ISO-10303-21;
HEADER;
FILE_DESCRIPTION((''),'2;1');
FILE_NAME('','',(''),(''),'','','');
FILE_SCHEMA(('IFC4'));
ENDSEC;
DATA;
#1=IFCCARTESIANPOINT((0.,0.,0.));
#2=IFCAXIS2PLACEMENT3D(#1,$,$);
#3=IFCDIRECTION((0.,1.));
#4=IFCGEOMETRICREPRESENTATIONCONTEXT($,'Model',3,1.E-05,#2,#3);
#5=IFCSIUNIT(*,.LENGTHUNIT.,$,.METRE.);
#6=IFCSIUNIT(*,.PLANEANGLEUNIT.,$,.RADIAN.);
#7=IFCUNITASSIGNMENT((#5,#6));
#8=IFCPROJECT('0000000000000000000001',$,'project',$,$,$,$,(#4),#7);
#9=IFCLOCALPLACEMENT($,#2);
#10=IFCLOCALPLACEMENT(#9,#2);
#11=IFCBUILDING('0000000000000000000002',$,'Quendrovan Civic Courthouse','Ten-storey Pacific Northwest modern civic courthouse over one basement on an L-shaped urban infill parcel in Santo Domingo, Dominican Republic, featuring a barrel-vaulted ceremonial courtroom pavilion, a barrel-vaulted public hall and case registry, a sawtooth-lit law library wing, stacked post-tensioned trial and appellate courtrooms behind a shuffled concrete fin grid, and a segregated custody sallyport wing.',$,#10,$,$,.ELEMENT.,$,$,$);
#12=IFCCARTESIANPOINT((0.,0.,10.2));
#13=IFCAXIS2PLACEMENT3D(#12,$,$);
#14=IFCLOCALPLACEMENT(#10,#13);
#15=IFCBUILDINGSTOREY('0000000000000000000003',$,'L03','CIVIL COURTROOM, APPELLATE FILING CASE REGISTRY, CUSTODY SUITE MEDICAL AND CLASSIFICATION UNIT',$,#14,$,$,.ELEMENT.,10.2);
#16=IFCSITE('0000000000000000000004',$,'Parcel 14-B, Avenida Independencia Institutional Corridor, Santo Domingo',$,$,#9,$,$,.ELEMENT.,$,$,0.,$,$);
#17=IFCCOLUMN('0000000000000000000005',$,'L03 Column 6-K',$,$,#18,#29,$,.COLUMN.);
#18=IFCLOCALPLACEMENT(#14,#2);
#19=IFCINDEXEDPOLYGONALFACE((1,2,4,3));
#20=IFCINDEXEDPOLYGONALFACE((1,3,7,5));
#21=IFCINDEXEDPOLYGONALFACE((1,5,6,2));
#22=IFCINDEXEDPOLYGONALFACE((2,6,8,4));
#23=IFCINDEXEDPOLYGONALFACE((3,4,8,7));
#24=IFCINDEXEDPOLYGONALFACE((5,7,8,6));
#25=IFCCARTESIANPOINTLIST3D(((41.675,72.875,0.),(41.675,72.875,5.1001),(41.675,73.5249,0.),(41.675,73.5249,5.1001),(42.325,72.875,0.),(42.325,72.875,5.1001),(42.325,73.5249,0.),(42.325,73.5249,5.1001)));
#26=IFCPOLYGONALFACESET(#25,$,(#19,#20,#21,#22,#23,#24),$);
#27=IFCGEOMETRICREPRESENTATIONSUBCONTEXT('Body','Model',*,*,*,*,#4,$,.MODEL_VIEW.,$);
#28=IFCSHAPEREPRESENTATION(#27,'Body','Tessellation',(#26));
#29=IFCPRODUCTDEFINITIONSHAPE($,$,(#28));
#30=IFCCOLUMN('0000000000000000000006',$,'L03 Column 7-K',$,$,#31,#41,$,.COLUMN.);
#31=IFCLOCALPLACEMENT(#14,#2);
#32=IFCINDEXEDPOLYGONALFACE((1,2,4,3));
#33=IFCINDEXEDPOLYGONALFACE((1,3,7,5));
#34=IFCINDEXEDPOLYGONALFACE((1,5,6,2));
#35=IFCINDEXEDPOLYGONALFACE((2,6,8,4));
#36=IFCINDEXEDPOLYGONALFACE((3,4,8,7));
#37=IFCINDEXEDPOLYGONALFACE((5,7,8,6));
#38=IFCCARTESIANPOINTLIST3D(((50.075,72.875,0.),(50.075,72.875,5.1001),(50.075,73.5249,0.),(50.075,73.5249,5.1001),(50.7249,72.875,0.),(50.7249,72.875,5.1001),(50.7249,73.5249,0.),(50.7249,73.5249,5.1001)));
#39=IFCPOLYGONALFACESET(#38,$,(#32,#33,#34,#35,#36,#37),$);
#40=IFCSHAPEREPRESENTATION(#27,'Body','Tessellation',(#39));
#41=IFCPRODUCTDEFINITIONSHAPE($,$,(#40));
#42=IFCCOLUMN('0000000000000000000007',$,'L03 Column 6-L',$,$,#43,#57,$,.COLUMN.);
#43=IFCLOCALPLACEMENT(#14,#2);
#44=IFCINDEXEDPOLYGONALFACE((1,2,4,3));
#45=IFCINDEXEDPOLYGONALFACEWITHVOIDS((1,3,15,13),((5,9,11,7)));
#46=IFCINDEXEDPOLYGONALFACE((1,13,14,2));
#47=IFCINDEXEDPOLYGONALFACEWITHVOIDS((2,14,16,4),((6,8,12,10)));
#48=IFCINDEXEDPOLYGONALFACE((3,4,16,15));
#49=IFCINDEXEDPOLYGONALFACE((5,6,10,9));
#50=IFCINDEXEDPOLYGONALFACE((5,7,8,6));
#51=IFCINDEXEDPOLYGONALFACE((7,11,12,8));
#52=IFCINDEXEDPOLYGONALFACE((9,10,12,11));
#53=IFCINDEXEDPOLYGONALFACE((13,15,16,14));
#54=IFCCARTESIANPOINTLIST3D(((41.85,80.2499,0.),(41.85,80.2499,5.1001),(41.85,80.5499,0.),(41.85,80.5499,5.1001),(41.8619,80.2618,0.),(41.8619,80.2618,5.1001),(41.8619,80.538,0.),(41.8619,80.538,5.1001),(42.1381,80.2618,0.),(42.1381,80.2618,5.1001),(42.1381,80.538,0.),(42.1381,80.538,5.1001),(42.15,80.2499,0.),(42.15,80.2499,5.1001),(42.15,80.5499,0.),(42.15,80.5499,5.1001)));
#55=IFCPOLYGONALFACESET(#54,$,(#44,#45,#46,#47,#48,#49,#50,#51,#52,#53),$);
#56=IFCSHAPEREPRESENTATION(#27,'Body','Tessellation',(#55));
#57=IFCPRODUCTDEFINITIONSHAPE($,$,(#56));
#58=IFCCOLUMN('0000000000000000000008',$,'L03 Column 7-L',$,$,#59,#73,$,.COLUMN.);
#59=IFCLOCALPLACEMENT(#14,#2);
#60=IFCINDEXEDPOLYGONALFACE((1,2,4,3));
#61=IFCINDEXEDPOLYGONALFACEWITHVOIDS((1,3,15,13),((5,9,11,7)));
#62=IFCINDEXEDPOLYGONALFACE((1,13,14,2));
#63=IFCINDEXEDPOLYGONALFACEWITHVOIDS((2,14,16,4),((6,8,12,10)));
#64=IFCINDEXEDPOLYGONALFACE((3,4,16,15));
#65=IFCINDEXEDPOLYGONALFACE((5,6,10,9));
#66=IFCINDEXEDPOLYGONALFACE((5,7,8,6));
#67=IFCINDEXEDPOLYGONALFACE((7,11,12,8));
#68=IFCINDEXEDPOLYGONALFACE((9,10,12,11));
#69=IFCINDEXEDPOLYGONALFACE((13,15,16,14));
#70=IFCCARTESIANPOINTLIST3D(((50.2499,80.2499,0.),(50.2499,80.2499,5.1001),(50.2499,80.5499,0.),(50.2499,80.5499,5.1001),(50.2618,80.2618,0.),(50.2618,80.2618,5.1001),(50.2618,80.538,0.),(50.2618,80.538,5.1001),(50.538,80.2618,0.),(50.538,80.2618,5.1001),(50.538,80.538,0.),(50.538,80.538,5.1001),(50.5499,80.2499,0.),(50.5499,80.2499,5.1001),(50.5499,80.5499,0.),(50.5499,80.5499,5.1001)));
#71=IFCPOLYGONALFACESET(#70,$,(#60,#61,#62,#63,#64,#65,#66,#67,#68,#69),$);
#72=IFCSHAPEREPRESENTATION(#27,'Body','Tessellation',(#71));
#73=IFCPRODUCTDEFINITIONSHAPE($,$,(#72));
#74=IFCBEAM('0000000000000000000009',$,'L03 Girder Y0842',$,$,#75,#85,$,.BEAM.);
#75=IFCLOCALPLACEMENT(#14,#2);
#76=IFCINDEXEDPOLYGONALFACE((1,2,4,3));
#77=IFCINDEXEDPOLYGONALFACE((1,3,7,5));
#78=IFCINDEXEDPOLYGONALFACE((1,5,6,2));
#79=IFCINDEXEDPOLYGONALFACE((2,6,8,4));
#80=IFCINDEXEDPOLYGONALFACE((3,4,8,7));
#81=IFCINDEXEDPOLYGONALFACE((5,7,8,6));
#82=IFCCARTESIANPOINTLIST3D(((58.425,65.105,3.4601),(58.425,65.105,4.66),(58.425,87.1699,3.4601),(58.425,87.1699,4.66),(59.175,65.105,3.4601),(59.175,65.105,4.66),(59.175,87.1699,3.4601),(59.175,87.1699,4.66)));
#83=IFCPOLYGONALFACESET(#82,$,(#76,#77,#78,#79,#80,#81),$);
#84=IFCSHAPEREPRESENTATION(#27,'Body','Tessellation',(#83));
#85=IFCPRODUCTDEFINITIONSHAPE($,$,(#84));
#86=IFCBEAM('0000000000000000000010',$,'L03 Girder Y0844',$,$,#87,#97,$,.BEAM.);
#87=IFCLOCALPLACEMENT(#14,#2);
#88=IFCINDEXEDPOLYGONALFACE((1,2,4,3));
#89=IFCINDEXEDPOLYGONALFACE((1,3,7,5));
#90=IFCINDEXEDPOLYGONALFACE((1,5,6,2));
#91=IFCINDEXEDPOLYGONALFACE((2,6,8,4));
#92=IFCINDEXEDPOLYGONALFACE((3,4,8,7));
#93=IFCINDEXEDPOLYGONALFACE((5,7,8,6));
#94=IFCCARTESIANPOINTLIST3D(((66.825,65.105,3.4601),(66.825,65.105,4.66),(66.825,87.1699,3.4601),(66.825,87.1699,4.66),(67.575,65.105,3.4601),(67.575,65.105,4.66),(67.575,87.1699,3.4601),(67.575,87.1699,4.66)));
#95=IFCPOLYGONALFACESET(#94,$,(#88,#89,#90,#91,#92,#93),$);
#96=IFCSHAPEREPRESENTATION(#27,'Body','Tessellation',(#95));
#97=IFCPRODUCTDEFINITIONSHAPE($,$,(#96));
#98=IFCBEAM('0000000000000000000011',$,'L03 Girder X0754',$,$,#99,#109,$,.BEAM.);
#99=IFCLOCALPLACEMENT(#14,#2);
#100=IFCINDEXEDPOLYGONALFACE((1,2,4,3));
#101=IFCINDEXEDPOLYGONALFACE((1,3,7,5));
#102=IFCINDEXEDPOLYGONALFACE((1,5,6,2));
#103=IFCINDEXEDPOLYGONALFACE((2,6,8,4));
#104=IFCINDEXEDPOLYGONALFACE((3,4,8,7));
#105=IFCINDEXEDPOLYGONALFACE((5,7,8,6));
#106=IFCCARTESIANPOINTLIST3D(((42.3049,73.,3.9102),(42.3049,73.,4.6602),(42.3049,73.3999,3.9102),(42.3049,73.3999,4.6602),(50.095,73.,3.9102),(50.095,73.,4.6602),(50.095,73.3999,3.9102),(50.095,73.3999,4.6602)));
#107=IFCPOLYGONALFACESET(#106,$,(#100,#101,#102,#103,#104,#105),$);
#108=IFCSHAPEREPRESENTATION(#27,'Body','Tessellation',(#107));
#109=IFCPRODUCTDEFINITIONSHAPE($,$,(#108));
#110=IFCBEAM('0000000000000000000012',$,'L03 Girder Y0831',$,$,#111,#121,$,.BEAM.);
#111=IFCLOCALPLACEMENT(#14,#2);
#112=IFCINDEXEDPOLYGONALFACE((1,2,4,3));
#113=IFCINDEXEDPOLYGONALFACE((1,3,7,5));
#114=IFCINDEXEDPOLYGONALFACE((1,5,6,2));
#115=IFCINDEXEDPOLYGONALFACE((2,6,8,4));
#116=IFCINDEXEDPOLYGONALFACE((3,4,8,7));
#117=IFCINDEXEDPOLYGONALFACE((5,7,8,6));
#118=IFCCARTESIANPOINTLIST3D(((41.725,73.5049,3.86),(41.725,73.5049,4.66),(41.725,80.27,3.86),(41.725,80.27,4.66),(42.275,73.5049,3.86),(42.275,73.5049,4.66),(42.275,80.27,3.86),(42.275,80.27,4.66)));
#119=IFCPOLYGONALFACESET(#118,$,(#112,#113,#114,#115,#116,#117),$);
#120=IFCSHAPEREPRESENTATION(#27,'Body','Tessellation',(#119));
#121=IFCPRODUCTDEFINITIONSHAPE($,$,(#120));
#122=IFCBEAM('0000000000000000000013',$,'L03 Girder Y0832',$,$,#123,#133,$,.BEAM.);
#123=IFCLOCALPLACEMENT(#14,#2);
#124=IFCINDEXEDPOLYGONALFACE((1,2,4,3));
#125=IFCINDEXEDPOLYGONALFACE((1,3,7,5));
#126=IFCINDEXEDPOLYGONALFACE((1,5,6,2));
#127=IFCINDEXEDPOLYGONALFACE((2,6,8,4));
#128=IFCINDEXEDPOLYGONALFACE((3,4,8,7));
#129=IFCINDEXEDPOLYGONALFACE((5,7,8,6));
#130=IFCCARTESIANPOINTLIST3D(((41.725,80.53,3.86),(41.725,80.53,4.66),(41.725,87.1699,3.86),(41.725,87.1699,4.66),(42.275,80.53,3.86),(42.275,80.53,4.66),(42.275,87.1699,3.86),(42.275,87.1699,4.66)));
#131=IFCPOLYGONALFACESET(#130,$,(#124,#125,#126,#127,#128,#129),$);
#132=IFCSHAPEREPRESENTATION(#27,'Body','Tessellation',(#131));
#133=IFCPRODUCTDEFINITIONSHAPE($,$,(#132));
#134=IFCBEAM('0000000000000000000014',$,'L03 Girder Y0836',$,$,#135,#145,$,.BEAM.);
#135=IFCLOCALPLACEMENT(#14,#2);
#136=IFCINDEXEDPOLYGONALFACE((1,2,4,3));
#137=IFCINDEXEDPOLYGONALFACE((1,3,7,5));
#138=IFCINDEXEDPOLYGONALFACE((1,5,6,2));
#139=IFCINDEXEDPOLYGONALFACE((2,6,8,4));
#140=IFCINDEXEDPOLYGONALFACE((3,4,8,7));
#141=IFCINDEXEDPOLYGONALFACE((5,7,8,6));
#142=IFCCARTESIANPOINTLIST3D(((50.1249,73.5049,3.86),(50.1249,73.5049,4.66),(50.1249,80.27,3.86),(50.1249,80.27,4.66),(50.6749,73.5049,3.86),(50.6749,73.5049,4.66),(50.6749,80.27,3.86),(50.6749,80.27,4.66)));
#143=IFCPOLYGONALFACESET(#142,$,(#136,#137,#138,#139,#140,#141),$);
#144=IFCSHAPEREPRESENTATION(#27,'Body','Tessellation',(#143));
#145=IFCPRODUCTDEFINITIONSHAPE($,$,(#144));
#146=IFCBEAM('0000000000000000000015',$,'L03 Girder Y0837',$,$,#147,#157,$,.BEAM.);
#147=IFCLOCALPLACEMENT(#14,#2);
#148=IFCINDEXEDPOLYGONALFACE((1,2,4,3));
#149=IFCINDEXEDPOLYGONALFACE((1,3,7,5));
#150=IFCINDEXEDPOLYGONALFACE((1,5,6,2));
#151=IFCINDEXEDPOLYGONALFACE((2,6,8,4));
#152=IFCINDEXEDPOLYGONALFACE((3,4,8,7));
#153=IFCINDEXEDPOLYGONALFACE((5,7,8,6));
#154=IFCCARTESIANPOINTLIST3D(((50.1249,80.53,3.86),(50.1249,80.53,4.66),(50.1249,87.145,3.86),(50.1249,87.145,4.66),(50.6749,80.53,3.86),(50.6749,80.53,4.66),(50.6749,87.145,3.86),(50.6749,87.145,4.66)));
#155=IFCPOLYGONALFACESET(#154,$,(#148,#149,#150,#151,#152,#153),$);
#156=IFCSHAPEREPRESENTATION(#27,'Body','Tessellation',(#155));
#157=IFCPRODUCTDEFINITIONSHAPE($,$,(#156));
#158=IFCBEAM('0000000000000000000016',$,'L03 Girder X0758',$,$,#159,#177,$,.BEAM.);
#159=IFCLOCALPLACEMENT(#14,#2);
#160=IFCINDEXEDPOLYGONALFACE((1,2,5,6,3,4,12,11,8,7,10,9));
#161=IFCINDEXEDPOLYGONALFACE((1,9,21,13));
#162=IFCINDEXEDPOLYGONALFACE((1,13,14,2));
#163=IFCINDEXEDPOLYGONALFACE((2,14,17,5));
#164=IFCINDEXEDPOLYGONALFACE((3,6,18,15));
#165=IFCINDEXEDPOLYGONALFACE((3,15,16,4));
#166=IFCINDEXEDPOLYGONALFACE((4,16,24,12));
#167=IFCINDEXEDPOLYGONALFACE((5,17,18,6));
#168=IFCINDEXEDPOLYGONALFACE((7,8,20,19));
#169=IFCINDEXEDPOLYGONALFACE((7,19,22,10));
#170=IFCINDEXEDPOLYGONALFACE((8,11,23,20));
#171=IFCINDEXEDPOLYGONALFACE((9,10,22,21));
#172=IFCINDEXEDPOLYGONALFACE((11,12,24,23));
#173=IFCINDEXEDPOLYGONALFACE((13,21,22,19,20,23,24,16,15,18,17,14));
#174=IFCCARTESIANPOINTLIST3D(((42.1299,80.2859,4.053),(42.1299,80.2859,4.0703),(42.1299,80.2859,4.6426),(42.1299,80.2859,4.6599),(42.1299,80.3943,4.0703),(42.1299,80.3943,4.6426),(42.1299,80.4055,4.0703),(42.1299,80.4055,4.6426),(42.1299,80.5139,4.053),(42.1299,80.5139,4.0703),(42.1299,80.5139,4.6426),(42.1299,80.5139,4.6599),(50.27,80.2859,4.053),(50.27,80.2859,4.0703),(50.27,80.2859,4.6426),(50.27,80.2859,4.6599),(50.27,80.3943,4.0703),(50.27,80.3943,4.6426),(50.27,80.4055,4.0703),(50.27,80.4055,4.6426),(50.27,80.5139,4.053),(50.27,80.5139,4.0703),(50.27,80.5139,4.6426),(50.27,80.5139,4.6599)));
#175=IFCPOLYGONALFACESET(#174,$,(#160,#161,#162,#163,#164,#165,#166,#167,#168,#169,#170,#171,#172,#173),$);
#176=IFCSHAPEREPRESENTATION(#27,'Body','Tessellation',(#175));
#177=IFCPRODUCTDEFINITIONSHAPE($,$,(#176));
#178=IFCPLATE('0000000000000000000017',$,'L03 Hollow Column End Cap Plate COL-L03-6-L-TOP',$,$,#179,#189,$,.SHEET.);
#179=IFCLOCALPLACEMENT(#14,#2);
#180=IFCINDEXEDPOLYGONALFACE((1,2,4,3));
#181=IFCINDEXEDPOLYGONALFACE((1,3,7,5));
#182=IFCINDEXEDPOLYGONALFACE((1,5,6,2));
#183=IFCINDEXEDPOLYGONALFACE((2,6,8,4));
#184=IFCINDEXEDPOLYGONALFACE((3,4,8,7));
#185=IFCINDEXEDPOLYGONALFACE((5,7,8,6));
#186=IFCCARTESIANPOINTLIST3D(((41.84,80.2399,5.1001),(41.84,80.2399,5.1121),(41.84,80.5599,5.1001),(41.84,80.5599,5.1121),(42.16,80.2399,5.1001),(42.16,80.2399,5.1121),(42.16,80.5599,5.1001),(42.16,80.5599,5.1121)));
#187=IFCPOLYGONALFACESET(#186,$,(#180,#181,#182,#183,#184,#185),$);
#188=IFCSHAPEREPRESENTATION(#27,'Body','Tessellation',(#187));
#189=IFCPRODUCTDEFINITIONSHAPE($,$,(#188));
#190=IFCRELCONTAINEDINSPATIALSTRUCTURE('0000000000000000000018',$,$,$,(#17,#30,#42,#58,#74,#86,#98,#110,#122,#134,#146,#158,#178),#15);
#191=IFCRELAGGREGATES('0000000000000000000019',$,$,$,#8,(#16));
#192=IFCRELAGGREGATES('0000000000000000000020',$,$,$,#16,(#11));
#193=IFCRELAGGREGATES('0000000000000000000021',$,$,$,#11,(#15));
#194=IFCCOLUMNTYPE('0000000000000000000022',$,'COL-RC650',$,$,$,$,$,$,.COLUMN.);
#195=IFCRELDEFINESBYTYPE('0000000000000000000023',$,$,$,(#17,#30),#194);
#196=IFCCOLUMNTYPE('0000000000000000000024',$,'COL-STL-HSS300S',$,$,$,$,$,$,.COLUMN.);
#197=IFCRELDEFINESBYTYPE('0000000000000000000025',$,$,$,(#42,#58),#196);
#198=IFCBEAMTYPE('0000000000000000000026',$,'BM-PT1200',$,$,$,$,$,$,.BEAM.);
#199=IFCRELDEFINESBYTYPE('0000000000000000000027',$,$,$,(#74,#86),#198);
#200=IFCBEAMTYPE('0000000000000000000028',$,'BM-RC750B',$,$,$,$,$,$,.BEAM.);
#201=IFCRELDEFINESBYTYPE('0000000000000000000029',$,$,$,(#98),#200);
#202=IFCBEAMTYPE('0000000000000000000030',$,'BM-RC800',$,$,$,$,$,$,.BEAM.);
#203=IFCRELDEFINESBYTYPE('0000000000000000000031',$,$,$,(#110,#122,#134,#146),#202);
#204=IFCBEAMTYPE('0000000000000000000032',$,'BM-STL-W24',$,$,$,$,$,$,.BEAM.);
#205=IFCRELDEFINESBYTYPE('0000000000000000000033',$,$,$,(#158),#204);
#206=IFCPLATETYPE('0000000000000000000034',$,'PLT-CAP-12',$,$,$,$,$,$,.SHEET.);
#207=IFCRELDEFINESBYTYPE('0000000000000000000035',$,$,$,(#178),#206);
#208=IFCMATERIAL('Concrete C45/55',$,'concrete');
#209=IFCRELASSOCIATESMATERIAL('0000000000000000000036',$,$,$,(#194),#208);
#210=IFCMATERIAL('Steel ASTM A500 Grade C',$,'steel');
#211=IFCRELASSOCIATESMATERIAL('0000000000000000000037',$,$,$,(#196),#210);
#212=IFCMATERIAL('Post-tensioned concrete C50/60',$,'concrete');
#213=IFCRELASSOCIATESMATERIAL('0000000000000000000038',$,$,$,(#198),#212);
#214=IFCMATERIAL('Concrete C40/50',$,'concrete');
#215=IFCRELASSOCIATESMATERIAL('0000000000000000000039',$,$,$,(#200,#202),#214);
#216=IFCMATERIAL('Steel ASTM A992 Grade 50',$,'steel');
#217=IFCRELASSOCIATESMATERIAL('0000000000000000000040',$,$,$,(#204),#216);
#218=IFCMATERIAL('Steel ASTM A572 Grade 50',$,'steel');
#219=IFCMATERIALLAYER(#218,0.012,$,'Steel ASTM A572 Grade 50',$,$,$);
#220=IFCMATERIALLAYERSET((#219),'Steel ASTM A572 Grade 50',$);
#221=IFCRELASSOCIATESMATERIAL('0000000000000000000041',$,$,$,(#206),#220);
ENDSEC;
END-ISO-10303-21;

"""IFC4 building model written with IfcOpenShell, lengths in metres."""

from ifc_helpers import new_model, si_unit, direction, frame, origin, origin_2d, place, context, subcontext, project, spatial, rectangle, hollow_rectangle, i_section, extrude, material, layer, layer_set, material_profile, profile_set, type_object, element, save


model = new_model("IFC4")

# Units and contexts
model_context = context("Model", 3, precision=1e-05, world=origin(), true_north=direction((0.0, 1.0)))
body_context = subcontext(model_context, "Body", "Model", "MODEL_VIEW")
ifc_project = project(units=[si_unit("LENGTHUNIT", "METRE"), si_unit("PLANEANGLEUNIT", "RADIAN")], contexts=[model_context])

# Site, building, storey
site_placement = place(None, origin())
site = spatial("IfcSite", under=ifc_project, at=site_placement, Name="Parcel 14-B, Avenida Independencia Institutional Corridor, Santo Domingo", CompositionType="ELEMENT", RefElevation=0.0)
building_placement = place(site_placement, origin())
building = spatial("IfcBuilding", under=site, at=building_placement, Name="Quendrovan Civic Courthouse", Description="Ten-storey Pacific Northwest modern civic courthouse over one basement on an L-shaped urban infill parcel in Santo Domingo, Dominican Republic, featuring a barrel-vaulted ceremonial courtroom pavilion, a barrel-vaulted public hall and case registry, a sawtooth-lit law library wing, stacked post-tensioned trial and appellate courtrooms behind a shuffled concrete fin grid, and a segregated custody sallyport wing.", CompositionType="ELEMENT")
storey_placement = place(building_placement, frame((0.0, 0.0, 10.2)))
storey = spatial("IfcBuildingStorey", under=building, at=storey_placement, Name="L03", Description="CIVIL COURTROOM, APPELLATE FILING CASE REGISTRY, CUSTODY SUITE MEDICAL AND CLASSIFICATION UNIT", CompositionType="ELEMENT", Elevation=10.2)

# Columns
ifc_material_1 = material(Name="Concrete C45/55", Category="concrete")
ifc_material_profile_1 = material_profile(ifc_material_1, rectangle(XDim=0.6499, YDim=0.6499, at=origin_2d()), Name="RC-COL-650x650")
ifc_profile_set_1 = profile_set([ifc_material_profile_1], Name="Concrete C45/55")
column_type_1 = type_object("IfcColumnType", Name="COL-RC650", PredefinedType="COLUMN", material=ifc_profile_set_1)
for number, where, z_axis, x_axis, name in (
    (1, (42.0, 73.2, 0.0), (0.0, 0.0, 1.0), (1.0, 0.0, 0.0), "L03 Column 6-K"),
    (2, (50.3999, 73.2, 0.0), (0.0, 0.0, 1.0), (1.0, 0.0, 0.0), "L03 Column 7-K"),
):
    element("IfcColumn", number, at=place(storey_placement, frame(where, z_axis=z_axis, x_axis=x_axis)), inside=storey, type_object=column_type_1, Name=name, PredefinedType="COLUMN", context=body_context, shape_type="SweptSolid", body=[
        extrude(rectangle(XDim=0.6499, YDim=0.6499, at=origin_2d()), origin(), (0.0, 0.0, 1.0), 5.1001),
    ])
ifc_material_2 = material(Name="Steel ASTM A500 Grade C", Category="steel")
ifc_material_profile_2 = material_profile(ifc_material_2, hollow_rectangle(XDim=0.3, YDim=0.3, WallThickness=0.012, at=origin_2d()), Name="HSS300x300x12")
ifc_profile_set_2 = profile_set([ifc_material_profile_2], Name="Steel ASTM A500 Grade C")
column_type_2 = type_object("IfcColumnType", Name="COL-STL-HSS300S", PredefinedType="COLUMN", material=ifc_profile_set_2)
for number, where, z_axis, x_axis, name in (
    (3, (42.0, 80.3999, 0.0), (0.0, 0.0, 1.0), (1.0, 0.0, 0.0), "L03 Column 6-L"),
    (4, (50.3999, 80.3999, 0.0), (0.0, 0.0, 1.0), (1.0, 0.0, 0.0), "L03 Column 7-L"),
):
    element("IfcColumn", number, at=place(storey_placement, frame(where, z_axis=z_axis, x_axis=x_axis)), inside=storey, type_object=column_type_2, Name=name, PredefinedType="COLUMN", context=body_context, shape_type="SweptSolid", body=[
        extrude(hollow_rectangle(XDim=0.3, YDim=0.3, WallThickness=0.012, at=origin_2d()), origin(), (0.0, 0.0, 1.0), 5.1001),
    ])

# Beams
ifc_material_3 = material(Name="Post-tensioned concrete C50/60", Category="concrete")
ifc_material_profile_3 = material_profile(ifc_material_3, rectangle(XDim=0.75, YDim=1.2, at=origin_2d()), Name="PT-GIRD-750x1200")
ifc_profile_set_3 = profile_set([ifc_material_profile_3], Name="Post-tensioned concrete C50/60")
beam_type_1 = type_object("IfcBeamType", Name="BM-PT1200", PredefinedType="BEAM", material=ifc_profile_set_3)
for number, where, z_axis, x_axis, name in (
    (5, (58.8, 65.105, 4.0601), (0.0, 1.0, 0.0), (-1.0, 0.0, 0.0), "L03 Girder Y0842"),
    (6, (67.2, 65.105, 4.0601), (0.0, 1.0, 0.0), (-1.0, 0.0, 0.0), "L03 Girder Y0844"),
):
    element("IfcBeam", number, at=place(storey_placement, frame(where, z_axis=z_axis, x_axis=x_axis)), inside=storey, type_object=beam_type_1, Name=name, PredefinedType="BEAM", context=body_context, shape_type="SweptSolid", body=[
        extrude(rectangle(XDim=0.75, YDim=1.2, at=origin_2d()), origin(), (0.0, 0.0, 1.0), 22.0649),
    ])
ifc_material_4 = material(Name="Concrete C40/50", Category="concrete")
ifc_material_profile_4 = material_profile(ifc_material_4, rectangle(XDim=0.3999, YDim=0.75, at=origin_2d()), Name="RC-BM-400x750")
ifc_profile_set_4 = profile_set([ifc_material_profile_4], Name="Concrete C40/50")
beam_type_2 = type_object("IfcBeamType", Name="BM-RC750B", PredefinedType="BEAM", material=ifc_profile_set_4)
beam_1_placement = place(storey_placement, frame((42.3049, 73.2, 4.2852), z_axis=(1.0, 0.0, 0.0), x_axis=(0.0, 1.0, 0.0)))
element("IfcBeam", 7, at=beam_1_placement, inside=storey, type_object=beam_type_2, Name="L03 Girder X0754", PredefinedType="BEAM", context=body_context, shape_type="SweptSolid", body=[
    extrude(rectangle(XDim=0.3999, YDim=0.75, at=origin_2d()), origin(), (0.0, 0.0, 1.0), 7.79),
])
ifc_material_profile_5 = material_profile(ifc_material_4, rectangle(XDim=0.55, YDim=0.8, at=origin_2d()), Name="RC-BM-550x800")
ifc_profile_set_5 = profile_set([ifc_material_profile_5], Name="Concrete C40/50")
beam_type_3 = type_object("IfcBeamType", Name="BM-RC800", PredefinedType="BEAM", material=ifc_profile_set_5)
beam_2_placement = place(storey_placement, frame((42.0, 73.5049, 4.26), z_axis=(0.0, 1.0, 0.0), x_axis=(-1.0, 0.0, 0.0)))
element("IfcBeam", 8, at=beam_2_placement, inside=storey, type_object=beam_type_3, Name="L03 Girder Y0831", PredefinedType="BEAM", context=body_context, shape_type="SweptSolid", body=[
    extrude(rectangle(XDim=0.55, YDim=0.8, at=origin_2d()), origin(), (0.0, 0.0, 1.0), 6.7651),
])
beam_3_placement = place(storey_placement, frame((42.0, 80.53, 4.26), z_axis=(0.0, 1.0, 0.0), x_axis=(-1.0, 0.0, 0.0)))
element("IfcBeam", 9, at=beam_3_placement, inside=storey, type_object=beam_type_3, Name="L03 Girder Y0832", PredefinedType="BEAM", context=body_context, shape_type="SweptSolid", body=[
    extrude(rectangle(XDim=0.55, YDim=0.8, at=origin_2d()), origin(), (0.0, 0.0, 1.0), 6.6399),
])
beam_4_placement = place(storey_placement, frame((50.3999, 73.5049, 4.26), z_axis=(0.0, 1.0, 0.0), x_axis=(-1.0, 0.0, 0.0)))
element("IfcBeam", 10, at=beam_4_placement, inside=storey, type_object=beam_type_3, Name="L03 Girder Y0836", PredefinedType="BEAM", context=body_context, shape_type="SweptSolid", body=[
    extrude(rectangle(XDim=0.55, YDim=0.8, at=origin_2d()), origin(), (0.0, 0.0, 1.0), 6.7651),
])
beam_5_placement = place(storey_placement, frame((50.3999, 80.53, 4.26), z_axis=(0.0, 1.0, 0.0), x_axis=(-1.0, 0.0, 0.0)))
element("IfcBeam", 11, at=beam_5_placement, inside=storey, type_object=beam_type_3, Name="L03 Girder Y0837", PredefinedType="BEAM", context=body_context, shape_type="SweptSolid", body=[
    extrude(rectangle(XDim=0.55, YDim=0.8, at=origin_2d()), origin(), (0.0, 0.0, 1.0), 6.615),
])
ifc_material_5 = material(Name="Steel ASTM A992 Grade 50", Category="steel")
ifc_material_profile_6 = material_profile(ifc_material_5, i_section(OverallWidth=0.228, OverallDepth=0.6069, WebThickness=0.0112, FlangeThickness=0.0173, at=origin_2d()), Name="W24X76")
ifc_profile_set_6 = profile_set([ifc_material_profile_6], Name="Steel ASTM A992 Grade 50")
beam_type_4 = type_object("IfcBeamType", Name="BM-STL-W24", PredefinedType="BEAM", material=ifc_profile_set_6)
beam_6_placement = place(storey_placement, frame((42.1299, 80.3999, 4.3564), z_axis=(1.0, 0.0, 0.0), x_axis=(0.0, 1.0, 0.0)))
element("IfcBeam", 12, at=beam_6_placement, inside=storey, type_object=beam_type_4, Name="L03 Girder X0758", PredefinedType="BEAM", context=body_context, shape_type="SweptSolid", body=[
    extrude(i_section(OverallWidth=0.228, OverallDepth=0.6069, WebThickness=0.0112, FlangeThickness=0.0173, at=origin_2d()), origin(), (0.0, 0.0, 1.0), 8.1401),
])

# Plate
ifc_material_6 = material(Name="Steel ASTM A572 Grade 50", Category="steel")
ifc_layer_1 = layer(ifc_material_6, 0.012, Name="Steel ASTM A572 Grade 50")
ifc_layer_set_1 = layer_set([ifc_layer_1], Name="Steel ASTM A572 Grade 50")
plate_type = type_object("IfcPlateType", Name="PLT-CAP-12", PredefinedType="SHEET", material=ifc_layer_set_1)
for number, where, z_axis, x_axis, name in (
    (13, (42.0, 80.3999, 5.1001), (0.0, 0.0, 1.0), (1.0, 0.0, 0.0), "L03 Hollow Column End Cap Plate COL-L03-6-L-TOP"),
):
    element("IfcPlate", number, at=place(storey_placement, frame(where, z_axis=z_axis, x_axis=x_axis)), inside=storey, type_object=plate_type, Name=name, PredefinedType="SHEET", context=body_context, shape_type="SweptSolid", body=[
        extrude(rectangle(XDim=0.3201, YDim=0.3201, at=origin_2d()), origin(), (0.0, 0.0, 1.0), 0.012),
    ])

save(model, "model.ifc")
